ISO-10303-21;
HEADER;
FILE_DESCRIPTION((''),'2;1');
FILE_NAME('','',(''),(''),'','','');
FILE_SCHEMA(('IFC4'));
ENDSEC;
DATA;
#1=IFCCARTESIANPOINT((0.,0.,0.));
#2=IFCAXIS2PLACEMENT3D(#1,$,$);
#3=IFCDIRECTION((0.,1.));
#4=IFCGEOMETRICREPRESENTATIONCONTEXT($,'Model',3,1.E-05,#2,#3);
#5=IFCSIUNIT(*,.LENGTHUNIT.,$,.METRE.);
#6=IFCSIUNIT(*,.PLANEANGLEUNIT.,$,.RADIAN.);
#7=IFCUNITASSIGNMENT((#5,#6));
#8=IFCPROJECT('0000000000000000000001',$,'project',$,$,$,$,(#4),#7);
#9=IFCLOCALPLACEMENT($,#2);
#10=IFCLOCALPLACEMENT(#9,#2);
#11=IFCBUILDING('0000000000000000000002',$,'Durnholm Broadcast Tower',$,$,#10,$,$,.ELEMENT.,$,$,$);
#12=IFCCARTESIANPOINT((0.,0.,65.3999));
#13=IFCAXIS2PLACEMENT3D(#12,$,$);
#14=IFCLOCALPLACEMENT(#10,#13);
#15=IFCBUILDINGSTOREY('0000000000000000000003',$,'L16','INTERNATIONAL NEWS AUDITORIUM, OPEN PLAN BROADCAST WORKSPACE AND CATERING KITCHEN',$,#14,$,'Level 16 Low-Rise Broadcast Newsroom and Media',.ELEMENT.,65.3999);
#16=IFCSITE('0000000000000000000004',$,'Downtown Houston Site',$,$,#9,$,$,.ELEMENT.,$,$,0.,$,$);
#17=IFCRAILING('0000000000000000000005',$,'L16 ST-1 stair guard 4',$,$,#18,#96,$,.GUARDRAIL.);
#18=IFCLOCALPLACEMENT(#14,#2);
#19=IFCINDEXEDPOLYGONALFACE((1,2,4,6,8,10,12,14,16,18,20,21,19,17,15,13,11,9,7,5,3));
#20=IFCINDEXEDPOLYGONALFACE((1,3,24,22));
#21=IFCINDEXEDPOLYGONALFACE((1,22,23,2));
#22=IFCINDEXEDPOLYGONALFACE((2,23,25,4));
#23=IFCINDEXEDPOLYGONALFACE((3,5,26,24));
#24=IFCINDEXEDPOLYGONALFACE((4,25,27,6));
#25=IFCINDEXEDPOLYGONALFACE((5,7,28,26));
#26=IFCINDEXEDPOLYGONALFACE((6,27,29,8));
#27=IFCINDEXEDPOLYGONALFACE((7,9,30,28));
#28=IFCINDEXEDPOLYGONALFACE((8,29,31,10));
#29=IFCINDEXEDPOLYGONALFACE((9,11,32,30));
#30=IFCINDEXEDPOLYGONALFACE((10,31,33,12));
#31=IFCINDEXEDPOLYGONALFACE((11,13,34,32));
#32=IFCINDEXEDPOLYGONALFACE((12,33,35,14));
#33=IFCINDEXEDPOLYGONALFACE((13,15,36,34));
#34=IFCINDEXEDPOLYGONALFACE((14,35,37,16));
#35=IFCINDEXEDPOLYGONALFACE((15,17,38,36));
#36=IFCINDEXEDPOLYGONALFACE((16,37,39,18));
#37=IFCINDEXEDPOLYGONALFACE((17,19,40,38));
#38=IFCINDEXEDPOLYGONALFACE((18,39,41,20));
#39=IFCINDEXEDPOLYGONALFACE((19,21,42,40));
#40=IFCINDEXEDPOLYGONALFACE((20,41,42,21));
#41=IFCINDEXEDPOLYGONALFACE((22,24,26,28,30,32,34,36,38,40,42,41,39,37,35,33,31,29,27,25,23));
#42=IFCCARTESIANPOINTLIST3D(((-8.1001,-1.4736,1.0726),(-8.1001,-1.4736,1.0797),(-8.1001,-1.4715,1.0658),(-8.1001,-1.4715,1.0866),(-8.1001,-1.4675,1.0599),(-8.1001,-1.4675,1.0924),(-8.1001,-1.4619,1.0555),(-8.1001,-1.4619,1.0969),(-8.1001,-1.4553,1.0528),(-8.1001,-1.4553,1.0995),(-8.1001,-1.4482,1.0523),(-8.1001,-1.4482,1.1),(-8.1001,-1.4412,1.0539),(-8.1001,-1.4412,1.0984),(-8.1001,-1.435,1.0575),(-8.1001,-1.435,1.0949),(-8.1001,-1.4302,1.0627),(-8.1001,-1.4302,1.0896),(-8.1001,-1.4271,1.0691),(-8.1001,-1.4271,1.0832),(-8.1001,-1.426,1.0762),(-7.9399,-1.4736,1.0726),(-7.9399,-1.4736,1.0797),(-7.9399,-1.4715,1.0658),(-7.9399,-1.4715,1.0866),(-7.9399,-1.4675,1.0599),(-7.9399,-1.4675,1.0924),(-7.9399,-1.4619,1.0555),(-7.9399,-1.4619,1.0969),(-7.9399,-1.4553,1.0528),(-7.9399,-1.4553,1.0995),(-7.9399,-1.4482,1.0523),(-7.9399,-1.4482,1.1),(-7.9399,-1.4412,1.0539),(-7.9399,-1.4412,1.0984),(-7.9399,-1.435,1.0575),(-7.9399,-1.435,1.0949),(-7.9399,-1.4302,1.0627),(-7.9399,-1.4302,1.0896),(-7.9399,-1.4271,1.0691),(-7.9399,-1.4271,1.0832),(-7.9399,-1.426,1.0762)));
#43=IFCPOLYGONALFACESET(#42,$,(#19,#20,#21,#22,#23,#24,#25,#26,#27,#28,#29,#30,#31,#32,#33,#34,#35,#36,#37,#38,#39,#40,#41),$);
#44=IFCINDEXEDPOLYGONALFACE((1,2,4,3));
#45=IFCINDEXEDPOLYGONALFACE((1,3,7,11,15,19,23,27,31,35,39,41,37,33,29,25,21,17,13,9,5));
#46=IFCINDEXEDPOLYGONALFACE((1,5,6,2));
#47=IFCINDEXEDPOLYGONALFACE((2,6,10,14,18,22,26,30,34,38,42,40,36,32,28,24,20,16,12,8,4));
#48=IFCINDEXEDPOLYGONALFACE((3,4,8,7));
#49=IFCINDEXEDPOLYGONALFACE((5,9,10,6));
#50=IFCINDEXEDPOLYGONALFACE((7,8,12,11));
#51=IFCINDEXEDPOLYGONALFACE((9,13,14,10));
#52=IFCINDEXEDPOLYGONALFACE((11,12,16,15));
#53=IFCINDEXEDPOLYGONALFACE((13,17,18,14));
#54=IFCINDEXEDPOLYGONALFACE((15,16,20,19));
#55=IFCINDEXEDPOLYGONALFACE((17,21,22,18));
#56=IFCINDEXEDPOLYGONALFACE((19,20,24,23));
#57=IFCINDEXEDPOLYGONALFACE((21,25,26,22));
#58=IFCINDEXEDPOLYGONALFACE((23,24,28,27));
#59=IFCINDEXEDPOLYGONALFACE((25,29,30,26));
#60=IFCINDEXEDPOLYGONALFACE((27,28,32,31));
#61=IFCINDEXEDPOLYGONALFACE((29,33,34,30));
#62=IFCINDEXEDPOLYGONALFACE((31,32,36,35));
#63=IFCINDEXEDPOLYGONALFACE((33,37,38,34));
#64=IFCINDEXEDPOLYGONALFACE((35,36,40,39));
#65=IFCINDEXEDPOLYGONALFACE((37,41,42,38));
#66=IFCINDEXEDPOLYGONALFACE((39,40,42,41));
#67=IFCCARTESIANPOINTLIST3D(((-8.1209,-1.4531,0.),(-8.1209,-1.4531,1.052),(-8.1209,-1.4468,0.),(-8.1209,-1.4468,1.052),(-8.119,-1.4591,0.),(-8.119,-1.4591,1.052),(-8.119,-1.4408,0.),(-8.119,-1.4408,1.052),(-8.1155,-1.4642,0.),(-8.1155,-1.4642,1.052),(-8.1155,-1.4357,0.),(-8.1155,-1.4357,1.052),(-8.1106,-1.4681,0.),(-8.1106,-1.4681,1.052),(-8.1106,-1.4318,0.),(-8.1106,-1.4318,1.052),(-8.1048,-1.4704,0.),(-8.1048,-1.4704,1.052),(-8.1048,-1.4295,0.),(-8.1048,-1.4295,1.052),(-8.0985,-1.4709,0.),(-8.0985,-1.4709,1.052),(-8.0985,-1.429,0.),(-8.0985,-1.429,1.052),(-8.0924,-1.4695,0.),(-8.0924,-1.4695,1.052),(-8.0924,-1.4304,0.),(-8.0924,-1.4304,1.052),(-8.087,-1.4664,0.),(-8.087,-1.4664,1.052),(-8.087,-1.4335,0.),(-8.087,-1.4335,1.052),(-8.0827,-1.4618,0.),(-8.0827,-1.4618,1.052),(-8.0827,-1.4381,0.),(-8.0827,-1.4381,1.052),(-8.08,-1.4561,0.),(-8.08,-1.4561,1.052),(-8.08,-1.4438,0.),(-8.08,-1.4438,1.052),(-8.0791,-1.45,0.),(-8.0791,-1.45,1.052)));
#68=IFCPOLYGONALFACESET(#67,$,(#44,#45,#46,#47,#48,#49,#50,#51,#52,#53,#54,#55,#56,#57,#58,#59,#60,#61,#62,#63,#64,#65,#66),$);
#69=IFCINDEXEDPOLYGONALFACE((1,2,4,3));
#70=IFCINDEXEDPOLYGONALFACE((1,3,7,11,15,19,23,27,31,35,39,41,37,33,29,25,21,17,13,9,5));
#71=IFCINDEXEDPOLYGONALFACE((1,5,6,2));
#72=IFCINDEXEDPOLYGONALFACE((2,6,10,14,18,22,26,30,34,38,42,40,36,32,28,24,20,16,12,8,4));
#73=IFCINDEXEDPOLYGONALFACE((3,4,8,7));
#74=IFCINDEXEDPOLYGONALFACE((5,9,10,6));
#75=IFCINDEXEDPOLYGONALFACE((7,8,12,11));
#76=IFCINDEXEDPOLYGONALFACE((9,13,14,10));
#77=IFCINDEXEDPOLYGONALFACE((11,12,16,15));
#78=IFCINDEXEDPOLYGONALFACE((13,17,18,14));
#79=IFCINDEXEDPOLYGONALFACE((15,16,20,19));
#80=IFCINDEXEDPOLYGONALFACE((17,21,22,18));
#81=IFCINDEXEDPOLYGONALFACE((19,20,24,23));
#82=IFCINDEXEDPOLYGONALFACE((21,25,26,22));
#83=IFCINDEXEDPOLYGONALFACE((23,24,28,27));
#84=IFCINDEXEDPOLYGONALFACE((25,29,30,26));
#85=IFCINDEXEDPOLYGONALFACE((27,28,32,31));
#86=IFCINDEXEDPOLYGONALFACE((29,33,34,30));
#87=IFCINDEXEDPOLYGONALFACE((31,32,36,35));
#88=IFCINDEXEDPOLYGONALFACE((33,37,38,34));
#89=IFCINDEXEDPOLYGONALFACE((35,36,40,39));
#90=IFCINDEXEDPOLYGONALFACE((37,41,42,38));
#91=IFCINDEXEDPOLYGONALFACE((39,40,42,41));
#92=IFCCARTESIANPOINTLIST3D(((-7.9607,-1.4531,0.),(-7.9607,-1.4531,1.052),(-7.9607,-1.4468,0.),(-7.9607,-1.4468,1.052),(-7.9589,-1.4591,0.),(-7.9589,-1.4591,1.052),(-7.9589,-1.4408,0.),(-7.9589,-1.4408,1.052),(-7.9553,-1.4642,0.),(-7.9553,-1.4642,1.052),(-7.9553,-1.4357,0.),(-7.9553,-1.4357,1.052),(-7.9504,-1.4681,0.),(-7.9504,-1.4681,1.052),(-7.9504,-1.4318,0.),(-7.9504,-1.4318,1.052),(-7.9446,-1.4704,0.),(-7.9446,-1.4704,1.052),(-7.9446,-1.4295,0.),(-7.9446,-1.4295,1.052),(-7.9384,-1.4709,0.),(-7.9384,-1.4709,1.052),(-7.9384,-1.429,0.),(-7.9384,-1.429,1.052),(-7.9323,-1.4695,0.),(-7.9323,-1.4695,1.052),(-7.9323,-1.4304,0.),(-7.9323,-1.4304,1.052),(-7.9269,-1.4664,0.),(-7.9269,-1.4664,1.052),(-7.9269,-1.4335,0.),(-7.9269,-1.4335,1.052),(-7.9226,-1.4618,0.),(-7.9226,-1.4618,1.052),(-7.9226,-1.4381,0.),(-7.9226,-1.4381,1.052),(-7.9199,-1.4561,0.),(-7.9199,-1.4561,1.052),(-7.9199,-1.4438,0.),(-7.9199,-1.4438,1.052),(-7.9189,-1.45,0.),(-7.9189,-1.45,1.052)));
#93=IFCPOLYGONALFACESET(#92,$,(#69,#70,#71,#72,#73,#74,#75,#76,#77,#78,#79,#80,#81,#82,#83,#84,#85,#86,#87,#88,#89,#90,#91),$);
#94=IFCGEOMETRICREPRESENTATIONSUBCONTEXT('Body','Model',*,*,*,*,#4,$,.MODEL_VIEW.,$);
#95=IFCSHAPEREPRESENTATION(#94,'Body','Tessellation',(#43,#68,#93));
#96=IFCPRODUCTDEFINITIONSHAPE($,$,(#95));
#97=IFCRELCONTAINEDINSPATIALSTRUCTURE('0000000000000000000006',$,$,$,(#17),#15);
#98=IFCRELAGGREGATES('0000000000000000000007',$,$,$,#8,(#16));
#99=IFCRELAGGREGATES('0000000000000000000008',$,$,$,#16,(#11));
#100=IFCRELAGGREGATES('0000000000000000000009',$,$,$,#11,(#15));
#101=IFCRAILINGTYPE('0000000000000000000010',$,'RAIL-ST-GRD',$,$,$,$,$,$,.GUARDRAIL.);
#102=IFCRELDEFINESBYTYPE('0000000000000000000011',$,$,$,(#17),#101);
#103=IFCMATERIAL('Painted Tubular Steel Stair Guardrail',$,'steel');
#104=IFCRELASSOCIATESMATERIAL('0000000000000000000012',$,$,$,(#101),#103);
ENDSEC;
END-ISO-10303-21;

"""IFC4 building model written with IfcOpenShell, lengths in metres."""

from ifc_helpers import new_model, si_unit, direction, frame, origin, origin_2d, place, context, subcontext, project, spatial, circle, extrude, material, type_object, element, save


model = new_model("IFC4")

# Units and contexts
model_context = context("Model", 3, precision=1e-05, world=origin(), true_north=direction((0.0, 1.0)))
body_context = subcontext(model_context, "Body", "Model", "MODEL_VIEW")
ifc_project = project(units=[si_unit("LENGTHUNIT", "METRE"), si_unit("PLANEANGLEUNIT", "RADIAN")], contexts=[model_context])

# Site, building, storey
site_placement = place(None, origin())
site = spatial("IfcSite", under=ifc_project, at=site_placement, Name="Downtown Houston Site", CompositionType="ELEMENT", RefElevation=0.0)
building_placement = place(site_placement, origin())
building = spatial("IfcBuilding", under=site, at=building_placement, Name="Durnholm Broadcast Tower", CompositionType="ELEMENT")
storey_placement = place(building_placement, frame((0.0, 0.0, 65.3999)))
storey = spatial("IfcBuildingStorey", under=building, at=storey_placement, Name="L16", Description="INTERNATIONAL NEWS AUDITORIUM, OPEN PLAN BROADCAST WORKSPACE AND CATERING KITCHEN", LongName="Level 16 Low-Rise Broadcast Newsroom and Media", CompositionType="ELEMENT", Elevation=65.3999)

# Railing
ifc_material_1 = material(Name="Painted Tubular Steel Stair Guardrail", Category="steel")
railing_type_1 = type_object("IfcRailingType", Name="RAIL-ST-GRD", PredefinedType="GUARDRAIL", material=ifc_material_1)
railing_1_placement = place(storey_placement, frame((-8.1001, -1.45, 0.0)))
element("IfcRailing", 1, at=railing_1_placement, inside=storey, type_object=railing_type_1, Name="L16 ST-1 stair guard 4", PredefinedType="GUARDRAIL", context=body_context, shape_type="SweptSolid", body=[
    extrude(circle(Radius=0.0239, at=origin_2d()), frame((0.0, 0.0, 1.0762), z_axis=(1.0, 0.0, 0.0), x_axis=(0.0, 1.0, 0.0)), (0.0, 0.0, 1.0), 0.1602),
    extrude(circle(Radius=0.021, at=origin_2d()), origin(), (0.0, 0.0, 1.0), 1.052),
    extrude(circle(Radius=0.021, at=origin_2d()), frame((0.1602, 0.0, 0.0)), (0.0, 0.0, 1.0), 1.052),
])

save(model, "model.ifc")
